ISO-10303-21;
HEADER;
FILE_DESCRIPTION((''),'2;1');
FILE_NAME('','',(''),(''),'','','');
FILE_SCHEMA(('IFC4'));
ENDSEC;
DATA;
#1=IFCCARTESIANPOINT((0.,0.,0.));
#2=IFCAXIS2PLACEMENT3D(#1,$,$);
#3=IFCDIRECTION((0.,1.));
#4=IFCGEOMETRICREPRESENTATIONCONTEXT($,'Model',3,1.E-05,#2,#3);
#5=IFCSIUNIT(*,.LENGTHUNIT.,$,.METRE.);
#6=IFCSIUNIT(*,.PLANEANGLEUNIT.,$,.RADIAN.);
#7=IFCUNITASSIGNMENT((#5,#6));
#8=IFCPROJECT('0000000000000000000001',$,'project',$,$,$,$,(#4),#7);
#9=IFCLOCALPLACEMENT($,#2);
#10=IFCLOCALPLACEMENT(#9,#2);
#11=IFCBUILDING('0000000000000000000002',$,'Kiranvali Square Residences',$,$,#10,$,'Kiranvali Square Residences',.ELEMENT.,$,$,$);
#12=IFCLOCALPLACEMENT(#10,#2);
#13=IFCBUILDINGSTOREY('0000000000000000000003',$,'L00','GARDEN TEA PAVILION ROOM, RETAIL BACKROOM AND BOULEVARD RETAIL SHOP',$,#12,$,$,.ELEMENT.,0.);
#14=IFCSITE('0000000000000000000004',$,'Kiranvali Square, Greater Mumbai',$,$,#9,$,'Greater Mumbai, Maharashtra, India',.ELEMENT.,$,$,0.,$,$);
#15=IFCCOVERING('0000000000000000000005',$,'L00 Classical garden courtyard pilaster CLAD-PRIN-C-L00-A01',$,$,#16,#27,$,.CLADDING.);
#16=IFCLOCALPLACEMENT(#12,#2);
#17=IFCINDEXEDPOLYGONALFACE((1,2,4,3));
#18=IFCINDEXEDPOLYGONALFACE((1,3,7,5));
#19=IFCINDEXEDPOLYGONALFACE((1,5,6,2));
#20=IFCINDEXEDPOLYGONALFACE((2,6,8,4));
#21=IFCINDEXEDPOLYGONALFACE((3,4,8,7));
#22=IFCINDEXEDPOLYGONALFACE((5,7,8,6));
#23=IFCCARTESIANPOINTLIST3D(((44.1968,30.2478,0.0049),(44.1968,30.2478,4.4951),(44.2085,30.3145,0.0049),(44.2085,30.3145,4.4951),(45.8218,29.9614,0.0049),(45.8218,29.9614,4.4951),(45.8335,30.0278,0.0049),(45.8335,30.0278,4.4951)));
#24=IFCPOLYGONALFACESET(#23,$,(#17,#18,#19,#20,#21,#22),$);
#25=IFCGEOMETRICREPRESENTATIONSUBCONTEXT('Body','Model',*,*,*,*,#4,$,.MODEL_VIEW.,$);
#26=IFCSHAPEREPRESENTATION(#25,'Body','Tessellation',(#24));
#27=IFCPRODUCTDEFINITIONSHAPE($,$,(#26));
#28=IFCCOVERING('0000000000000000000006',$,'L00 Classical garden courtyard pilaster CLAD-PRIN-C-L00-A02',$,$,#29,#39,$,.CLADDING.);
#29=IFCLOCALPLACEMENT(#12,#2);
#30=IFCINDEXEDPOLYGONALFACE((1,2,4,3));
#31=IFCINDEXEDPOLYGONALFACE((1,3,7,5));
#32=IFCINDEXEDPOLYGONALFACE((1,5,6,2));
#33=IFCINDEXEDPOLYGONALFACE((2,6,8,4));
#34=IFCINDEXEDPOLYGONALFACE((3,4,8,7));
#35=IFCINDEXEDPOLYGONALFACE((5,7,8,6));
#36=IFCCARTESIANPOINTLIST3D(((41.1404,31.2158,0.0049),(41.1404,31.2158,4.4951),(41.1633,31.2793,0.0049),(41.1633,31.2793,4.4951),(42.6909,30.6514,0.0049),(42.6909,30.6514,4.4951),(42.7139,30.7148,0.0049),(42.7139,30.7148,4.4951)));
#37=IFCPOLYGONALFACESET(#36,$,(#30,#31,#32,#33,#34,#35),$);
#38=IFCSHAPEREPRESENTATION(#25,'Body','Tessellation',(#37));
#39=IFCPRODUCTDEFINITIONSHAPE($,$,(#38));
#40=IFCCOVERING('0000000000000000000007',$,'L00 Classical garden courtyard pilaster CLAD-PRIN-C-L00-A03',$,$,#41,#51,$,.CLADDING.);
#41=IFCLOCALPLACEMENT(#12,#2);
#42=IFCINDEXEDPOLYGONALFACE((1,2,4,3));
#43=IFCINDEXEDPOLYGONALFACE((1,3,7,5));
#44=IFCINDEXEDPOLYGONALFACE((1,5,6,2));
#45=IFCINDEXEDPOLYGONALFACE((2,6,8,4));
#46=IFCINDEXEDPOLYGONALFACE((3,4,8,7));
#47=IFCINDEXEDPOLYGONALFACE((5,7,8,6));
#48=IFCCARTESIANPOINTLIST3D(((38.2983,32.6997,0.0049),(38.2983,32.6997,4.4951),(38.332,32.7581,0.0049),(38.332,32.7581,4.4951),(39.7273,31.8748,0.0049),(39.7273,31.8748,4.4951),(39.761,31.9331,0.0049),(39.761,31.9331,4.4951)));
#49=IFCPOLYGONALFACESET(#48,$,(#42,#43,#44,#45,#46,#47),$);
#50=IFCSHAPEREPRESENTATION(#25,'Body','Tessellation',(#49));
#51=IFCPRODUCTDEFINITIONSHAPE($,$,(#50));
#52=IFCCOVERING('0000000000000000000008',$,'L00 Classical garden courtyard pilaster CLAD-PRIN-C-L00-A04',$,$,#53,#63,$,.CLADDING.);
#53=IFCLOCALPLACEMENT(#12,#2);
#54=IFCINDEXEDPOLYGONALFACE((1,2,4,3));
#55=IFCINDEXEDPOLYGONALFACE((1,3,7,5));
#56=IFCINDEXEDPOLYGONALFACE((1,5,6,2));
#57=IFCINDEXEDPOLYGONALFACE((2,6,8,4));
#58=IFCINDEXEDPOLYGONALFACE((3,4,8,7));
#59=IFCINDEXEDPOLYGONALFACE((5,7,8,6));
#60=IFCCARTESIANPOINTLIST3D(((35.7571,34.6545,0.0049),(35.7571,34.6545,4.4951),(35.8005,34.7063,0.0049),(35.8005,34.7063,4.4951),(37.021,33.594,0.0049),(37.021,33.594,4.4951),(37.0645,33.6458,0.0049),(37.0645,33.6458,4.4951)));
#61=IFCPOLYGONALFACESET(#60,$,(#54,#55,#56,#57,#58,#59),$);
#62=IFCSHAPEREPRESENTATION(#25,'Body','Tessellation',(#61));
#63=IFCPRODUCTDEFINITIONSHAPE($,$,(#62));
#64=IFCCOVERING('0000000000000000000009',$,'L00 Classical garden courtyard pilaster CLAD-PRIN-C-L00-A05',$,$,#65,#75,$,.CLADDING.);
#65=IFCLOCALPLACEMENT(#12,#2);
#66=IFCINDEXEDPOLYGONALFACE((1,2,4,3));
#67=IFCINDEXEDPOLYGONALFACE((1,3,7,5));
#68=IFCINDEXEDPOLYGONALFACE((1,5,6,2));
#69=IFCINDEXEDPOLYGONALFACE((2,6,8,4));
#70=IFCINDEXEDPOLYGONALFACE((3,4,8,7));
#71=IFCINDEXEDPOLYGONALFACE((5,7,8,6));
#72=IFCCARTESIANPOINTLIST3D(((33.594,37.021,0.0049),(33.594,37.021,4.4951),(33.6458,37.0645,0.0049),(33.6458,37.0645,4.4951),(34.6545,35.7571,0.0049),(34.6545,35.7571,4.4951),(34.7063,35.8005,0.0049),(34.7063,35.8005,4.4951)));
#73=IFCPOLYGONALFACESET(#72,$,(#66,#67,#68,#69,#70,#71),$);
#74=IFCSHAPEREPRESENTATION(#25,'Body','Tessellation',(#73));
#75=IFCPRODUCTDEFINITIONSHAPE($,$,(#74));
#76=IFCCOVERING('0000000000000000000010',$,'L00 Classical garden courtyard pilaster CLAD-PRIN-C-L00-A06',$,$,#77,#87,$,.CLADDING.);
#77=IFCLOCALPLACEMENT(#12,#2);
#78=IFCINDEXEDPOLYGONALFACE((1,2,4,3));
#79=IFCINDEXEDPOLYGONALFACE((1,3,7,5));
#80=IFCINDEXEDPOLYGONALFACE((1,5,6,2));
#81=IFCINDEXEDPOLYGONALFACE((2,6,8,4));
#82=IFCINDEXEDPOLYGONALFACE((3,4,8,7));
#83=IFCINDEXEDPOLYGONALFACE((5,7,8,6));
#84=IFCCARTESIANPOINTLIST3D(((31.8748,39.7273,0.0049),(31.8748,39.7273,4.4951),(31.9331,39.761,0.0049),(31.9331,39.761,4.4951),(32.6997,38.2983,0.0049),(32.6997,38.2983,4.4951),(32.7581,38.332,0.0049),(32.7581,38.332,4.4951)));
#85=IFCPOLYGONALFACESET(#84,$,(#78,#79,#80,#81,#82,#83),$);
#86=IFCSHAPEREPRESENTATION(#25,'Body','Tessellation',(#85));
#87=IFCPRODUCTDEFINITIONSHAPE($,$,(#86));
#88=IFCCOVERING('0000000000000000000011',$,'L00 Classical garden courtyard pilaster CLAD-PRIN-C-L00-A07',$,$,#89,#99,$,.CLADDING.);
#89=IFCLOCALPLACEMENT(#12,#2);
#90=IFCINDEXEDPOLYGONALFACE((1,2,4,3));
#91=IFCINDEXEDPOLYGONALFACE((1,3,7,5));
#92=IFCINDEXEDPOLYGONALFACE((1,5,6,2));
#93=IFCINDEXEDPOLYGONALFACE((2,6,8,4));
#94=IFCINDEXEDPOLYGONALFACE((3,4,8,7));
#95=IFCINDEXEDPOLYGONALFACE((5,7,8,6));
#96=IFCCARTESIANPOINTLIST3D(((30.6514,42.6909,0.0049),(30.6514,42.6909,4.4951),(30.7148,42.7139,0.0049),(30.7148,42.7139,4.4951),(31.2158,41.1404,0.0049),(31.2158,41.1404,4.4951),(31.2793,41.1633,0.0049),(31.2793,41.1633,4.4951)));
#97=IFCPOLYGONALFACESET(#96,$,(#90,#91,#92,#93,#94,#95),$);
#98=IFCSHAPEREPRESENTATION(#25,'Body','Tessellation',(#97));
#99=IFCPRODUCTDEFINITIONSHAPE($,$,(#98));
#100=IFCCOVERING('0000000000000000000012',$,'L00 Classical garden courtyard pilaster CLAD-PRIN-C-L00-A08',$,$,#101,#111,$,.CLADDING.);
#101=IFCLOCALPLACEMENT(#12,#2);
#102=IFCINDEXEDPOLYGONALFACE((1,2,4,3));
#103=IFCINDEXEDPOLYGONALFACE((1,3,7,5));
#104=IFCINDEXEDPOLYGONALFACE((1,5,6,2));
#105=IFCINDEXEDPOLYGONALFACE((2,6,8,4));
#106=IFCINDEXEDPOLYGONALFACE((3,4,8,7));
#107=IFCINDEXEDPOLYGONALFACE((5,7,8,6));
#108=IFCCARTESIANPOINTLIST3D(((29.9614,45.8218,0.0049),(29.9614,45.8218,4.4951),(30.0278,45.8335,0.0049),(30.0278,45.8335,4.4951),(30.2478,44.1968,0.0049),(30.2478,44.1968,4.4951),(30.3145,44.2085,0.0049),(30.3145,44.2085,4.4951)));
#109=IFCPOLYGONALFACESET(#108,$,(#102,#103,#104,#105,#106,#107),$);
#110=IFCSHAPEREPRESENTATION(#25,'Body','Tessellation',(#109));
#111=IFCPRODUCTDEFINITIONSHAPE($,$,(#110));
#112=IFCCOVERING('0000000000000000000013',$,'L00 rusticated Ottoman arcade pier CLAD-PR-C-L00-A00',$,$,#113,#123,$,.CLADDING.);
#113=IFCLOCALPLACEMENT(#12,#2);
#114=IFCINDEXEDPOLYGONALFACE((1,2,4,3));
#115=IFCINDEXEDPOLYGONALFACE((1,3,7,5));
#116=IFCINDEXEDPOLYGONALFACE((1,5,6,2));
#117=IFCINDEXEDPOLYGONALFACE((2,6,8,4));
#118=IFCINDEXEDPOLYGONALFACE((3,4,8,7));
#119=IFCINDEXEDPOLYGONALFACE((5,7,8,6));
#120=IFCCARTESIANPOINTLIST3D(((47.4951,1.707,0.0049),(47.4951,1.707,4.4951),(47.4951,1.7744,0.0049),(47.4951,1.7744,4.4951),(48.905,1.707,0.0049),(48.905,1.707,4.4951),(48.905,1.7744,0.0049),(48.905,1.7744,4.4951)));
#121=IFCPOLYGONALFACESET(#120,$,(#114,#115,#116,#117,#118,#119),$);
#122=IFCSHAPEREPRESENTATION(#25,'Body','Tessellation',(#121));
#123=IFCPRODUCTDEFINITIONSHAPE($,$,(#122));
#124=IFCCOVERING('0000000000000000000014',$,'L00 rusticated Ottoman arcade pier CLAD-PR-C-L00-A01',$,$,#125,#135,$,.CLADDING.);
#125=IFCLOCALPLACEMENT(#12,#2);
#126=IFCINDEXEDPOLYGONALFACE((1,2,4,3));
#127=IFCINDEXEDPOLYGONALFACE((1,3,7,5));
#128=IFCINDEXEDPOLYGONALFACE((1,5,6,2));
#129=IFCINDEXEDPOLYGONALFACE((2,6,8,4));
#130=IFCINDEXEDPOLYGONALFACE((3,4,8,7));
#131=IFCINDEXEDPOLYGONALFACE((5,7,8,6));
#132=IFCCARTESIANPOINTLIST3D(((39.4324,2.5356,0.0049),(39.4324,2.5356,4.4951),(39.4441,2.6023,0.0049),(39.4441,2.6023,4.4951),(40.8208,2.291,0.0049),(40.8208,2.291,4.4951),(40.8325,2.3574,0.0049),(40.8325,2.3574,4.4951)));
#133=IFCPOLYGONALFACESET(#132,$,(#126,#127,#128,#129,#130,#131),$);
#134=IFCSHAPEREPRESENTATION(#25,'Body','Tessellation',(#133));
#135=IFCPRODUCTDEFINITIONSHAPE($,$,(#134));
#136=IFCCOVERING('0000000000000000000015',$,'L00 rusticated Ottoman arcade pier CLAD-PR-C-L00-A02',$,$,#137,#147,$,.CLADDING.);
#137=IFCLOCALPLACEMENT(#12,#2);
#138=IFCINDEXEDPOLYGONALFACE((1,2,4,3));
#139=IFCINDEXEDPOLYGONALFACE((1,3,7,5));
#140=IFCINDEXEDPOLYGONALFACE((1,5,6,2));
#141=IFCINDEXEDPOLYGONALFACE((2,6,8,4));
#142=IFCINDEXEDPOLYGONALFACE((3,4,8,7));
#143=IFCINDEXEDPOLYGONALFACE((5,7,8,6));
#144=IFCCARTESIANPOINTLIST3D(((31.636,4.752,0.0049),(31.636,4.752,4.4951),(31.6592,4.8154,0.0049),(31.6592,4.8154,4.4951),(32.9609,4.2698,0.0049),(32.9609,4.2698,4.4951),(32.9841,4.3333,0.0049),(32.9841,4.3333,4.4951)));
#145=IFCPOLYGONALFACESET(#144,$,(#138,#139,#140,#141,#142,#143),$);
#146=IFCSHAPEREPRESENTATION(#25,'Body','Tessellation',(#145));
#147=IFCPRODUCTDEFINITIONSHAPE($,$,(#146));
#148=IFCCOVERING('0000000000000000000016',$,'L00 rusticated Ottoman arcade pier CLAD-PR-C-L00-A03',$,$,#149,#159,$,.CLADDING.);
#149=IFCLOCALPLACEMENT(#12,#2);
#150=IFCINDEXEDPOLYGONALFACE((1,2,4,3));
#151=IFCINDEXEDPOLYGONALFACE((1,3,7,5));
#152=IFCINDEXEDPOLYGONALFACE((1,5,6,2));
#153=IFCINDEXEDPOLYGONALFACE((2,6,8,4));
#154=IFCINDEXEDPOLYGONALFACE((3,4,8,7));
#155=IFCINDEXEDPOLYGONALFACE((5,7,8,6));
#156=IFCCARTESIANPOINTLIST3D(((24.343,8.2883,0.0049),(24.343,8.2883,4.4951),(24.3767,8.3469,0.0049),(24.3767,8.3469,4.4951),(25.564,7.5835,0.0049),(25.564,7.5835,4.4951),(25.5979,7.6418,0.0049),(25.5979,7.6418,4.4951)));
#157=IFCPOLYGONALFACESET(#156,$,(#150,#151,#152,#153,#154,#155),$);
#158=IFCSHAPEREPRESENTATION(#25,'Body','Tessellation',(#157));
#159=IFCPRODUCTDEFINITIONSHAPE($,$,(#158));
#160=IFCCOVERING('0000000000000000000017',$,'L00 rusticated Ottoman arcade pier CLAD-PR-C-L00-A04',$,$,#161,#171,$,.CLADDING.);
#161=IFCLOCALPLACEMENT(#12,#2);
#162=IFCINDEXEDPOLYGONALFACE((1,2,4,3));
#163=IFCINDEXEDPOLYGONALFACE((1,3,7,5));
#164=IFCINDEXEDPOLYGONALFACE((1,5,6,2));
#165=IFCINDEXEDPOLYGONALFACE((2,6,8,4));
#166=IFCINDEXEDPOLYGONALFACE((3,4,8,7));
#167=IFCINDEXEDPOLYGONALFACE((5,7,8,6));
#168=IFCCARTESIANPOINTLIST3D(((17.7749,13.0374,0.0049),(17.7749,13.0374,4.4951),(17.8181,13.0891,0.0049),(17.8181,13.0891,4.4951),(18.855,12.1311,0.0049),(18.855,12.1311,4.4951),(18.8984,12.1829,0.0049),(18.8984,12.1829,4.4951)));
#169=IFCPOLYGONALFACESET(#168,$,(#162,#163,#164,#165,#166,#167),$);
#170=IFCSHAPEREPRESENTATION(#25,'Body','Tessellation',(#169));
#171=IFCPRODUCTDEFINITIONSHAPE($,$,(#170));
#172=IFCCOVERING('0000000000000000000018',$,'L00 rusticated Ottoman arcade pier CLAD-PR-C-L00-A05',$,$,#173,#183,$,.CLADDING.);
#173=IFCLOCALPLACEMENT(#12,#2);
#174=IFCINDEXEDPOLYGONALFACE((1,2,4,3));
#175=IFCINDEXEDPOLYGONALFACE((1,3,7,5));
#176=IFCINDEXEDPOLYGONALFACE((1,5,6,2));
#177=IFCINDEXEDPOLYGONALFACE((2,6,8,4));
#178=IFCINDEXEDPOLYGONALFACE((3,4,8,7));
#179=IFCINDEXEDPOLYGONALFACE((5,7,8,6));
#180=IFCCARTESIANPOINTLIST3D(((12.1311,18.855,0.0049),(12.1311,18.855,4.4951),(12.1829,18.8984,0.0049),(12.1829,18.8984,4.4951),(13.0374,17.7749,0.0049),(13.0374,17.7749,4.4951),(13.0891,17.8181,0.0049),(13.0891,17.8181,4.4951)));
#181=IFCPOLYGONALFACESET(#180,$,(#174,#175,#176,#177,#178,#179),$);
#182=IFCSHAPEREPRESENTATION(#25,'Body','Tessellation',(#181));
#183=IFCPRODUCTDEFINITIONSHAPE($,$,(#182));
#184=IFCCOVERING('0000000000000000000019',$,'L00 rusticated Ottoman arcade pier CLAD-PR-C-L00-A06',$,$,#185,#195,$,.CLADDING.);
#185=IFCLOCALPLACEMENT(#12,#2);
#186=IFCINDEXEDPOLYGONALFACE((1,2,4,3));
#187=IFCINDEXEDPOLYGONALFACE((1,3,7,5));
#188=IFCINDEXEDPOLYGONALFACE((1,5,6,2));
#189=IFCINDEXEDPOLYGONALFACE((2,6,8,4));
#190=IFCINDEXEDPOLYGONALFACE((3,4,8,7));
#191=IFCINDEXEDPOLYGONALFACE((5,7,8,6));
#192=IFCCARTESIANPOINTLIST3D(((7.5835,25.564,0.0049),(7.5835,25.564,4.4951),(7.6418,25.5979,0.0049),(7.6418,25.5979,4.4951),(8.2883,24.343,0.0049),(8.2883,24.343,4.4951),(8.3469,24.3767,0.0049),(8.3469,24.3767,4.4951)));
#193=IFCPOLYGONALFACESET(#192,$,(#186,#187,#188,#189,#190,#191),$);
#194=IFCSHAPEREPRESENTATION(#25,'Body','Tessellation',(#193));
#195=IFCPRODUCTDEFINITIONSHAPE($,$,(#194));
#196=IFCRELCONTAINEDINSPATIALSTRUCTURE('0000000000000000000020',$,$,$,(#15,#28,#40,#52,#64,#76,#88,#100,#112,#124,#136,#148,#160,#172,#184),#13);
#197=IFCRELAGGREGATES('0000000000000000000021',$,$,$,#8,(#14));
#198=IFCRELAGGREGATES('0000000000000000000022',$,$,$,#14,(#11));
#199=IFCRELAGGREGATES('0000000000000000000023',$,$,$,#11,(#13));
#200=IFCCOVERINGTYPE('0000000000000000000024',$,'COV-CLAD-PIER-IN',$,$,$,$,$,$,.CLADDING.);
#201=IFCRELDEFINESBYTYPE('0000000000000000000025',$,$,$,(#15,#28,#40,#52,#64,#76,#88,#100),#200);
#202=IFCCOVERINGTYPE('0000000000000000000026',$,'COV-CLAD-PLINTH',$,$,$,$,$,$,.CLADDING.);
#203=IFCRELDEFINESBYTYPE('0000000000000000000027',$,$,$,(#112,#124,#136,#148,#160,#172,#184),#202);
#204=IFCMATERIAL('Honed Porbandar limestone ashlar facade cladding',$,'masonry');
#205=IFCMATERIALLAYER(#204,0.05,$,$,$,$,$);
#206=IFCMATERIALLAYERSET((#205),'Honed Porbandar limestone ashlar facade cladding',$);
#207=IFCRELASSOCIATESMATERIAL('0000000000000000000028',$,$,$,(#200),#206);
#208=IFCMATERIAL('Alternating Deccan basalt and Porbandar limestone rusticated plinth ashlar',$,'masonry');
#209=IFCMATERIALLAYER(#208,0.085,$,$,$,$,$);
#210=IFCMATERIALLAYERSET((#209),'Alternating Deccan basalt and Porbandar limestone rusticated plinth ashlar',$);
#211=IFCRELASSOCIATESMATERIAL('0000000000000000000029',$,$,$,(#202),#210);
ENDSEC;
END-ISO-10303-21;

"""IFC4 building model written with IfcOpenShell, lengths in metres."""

from ifc_helpers import new_model, si_unit, direction, frame, origin, place, context, subcontext, project, spatial, polyline, outline, extrude, material, layer, layer_set, type_object, element, save


model = new_model("IFC4")

# Units and contexts
model_context = context("Model", 3, precision=1e-05, world=origin(), true_north=direction((0.0, 1.0)))
body_context = subcontext(model_context, "Body", "Model", "MODEL_VIEW")
ifc_project = project(units=[si_unit("LENGTHUNIT", "METRE"), si_unit("PLANEANGLEUNIT", "RADIAN")], contexts=[model_context])

# Site, building, storey
site_placement = place(None, origin())
site = spatial("IfcSite", under=ifc_project, at=site_placement, Name="Kiranvali Square, Greater Mumbai", LongName="Greater Mumbai, Maharashtra, India", CompositionType="ELEMENT", RefElevation=0.0)
building_placement = place(site_placement, origin())
building = spatial("IfcBuilding", under=site, at=building_placement, Name="Kiranvali Square Residences", LongName="Kiranvali Square Residences", CompositionType="ELEMENT")
storey_placement = place(building_placement, origin())
storey = spatial("IfcBuildingStorey", under=building, at=storey_placement, Name="L00", Description="GARDEN TEA PAVILION ROOM, RETAIL BACKROOM AND BOULEVARD RETAIL SHOP", CompositionType="ELEMENT", Elevation=0.0)

# Coverings
ifc_material_1 = material(Name="Honed Porbandar limestone ashlar facade cladding", Category="masonry")
ifc_layer_1 = layer(ifc_material_1, 0.05)
ifc_layer_set_1 = layer_set([ifc_layer_1], Name="Honed Porbandar limestone ashlar facade cladding")
covering_type_1 = type_object("IfcCoveringType", Name="COV-CLAD-PIER-IN", PredefinedType="CLADDING", material=ifc_layer_set_1)
covering_1_placement = place(storey_placement, frame((0.0, 0.0, 0.0049)))
element("IfcCovering", 1, at=covering_1_placement, inside=storey, type_object=covering_type_1, Name="L00 Classical garden courtyard pilaster CLAD-PRIN-C-L00-A01", PredefinedType="CLADDING", context=body_context, shape_type="SweptSolid", body=[
    extrude(outline(polyline([(45.8335, 30.0278), (44.2085, 30.3145), (44.1968, 30.2478), (45.8218, 29.9614), (45.8335, 30.0278)])), origin(), (0.0, 0.0, 1.0), 4.4902),
])
covering_2_placement = place(storey_placement, frame((0.0, 0.0, 0.0049)))
element("IfcCovering", 2, at=covering_2_placement, inside=storey, type_object=covering_type_1, Name="L00 Classical garden courtyard pilaster CLAD-PRIN-C-L00-A02", PredefinedType="CLADDING", context=body_context, shape_type="SweptSolid", body=[
    extrude(outline(polyline([(42.7139, 30.7148), (41.1633, 31.2793), (41.1404, 31.2158), (42.6909, 30.6514), (42.7139, 30.7148)])), origin(), (0.0, 0.0, 1.0), 4.4902),
])
covering_3_placement = place(storey_placement, frame((0.0, 0.0, 0.0049)))
element("IfcCovering", 3, at=covering_3_placement, inside=storey, type_object=covering_type_1, Name="L00 Classical garden courtyard pilaster CLAD-PRIN-C-L00-A03", PredefinedType="CLADDING", context=body_context, shape_type="SweptSolid", body=[
    extrude(outline(polyline([(39.761, 31.9331), (38.332, 32.7581), (38.2983, 32.6997), (39.7273, 31.8748), (39.761, 31.9331)])), origin(), (0.0, 0.0, 1.0), 4.4902),
])
covering_4_placement = place(storey_placement, frame((0.0, 0.0, 0.0049)))
element("IfcCovering", 4, at=covering_4_placement, inside=storey, type_object=covering_type_1, Name="L00 Classical garden courtyard pilaster CLAD-PRIN-C-L00-A04", PredefinedType="CLADDING", context=body_context, shape_type="SweptSolid", body=[
    extrude(outline(polyline([(37.0645, 33.6458), (35.8005, 34.7063), (35.7571, 34.6545), (37.021, 33.594), (37.0645, 33.6458)])), origin(), (0.0, 0.0, 1.0), 4.4902),
])
covering_5_placement = place(storey_placement, frame((0.0, 0.0, 0.0049)))
element("IfcCovering", 5, at=covering_5_placement, inside=storey, type_object=covering_type_1, Name="L00 Classical garden courtyard pilaster CLAD-PRIN-C-L00-A05", PredefinedType="CLADDING", context=body_context, shape_type="SweptSolid", body=[
    extrude(outline(polyline([(34.7063, 35.8005), (33.6458, 37.0645), (33.594, 37.021), (34.6545, 35.7571), (34.7063, 35.8005)])), origin(), (0.0, 0.0, 1.0), 4.4902),
])
covering_6_placement = place(storey_placement, frame((0.0, 0.0, 0.0049)))
element("IfcCovering", 6, at=covering_6_placement, inside=storey, type_object=covering_type_1, Name="L00 Classical garden courtyard pilaster CLAD-PRIN-C-L00-A06", PredefinedType="CLADDING", context=body_context, shape_type="SweptSolid", body=[
    extrude(outline(polyline([(32.7581, 38.332), (31.9331, 39.761), (31.8748, 39.7273), (32.6997, 38.2983), (32.7581, 38.332)])), origin(), (0.0, 0.0, 1.0), 4.4902),
])
covering_7_placement = place(storey_placement, frame((0.0, 0.0, 0.0049)))
element("IfcCovering", 7, at=covering_7_placement, inside=storey, type_object=covering_type_1, Name="L00 Classical garden courtyard pilaster CLAD-PRIN-C-L00-A07", PredefinedType="CLADDING", context=body_context, shape_type="SweptSolid", body=[
    extrude(outline(polyline([(31.2793, 41.1633), (30.7148, 42.7139), (30.6514, 42.6909), (31.2158, 41.1404), (31.2793, 41.1633)])), origin(), (0.0, 0.0, 1.0), 4.4902),
])
covering_8_placement = place(storey_placement, frame((0.0, 0.0, 0.0049)))
element("IfcCovering", 8, at=covering_8_placement, inside=storey, type_object=covering_type_1, Name="L00 Classical garden courtyard pilaster CLAD-PRIN-C-L00-A08", PredefinedType="CLADDING", context=body_context, shape_type="SweptSolid", body=[
    extrude(outline(polyline([(30.3145, 44.2085), (30.0278, 45.8335), (29.9614, 45.8218), (30.2478, 44.1968), (30.3145, 44.2085)])), origin(), (0.0, 0.0, 1.0), 4.4902),
])
ifc_material_2 = material(Name="Alternating Deccan basalt and Porbandar limestone rusticated plinth ashlar", Category="masonry")
ifc_layer_2 = layer(ifc_material_2, 0.085)
ifc_layer_set_2 = layer_set([ifc_layer_2], Name="Alternating Deccan basalt and Porbandar limestone rusticated plinth ashlar")
covering_type_2 = type_object("IfcCoveringType", Name="COV-CLAD-PLINTH", PredefinedType="CLADDING", material=ifc_layer_set_2)
covering_9_placement = place(storey_placement, frame((0.0, 0.0, 0.0049)))
element("IfcCovering", 9, at=covering_9_placement, inside=storey, type_object=covering_type_2, Name="L00 rusticated Ottoman arcade pier CLAD-PR-C-L00-A00", PredefinedType="CLADDING", context=body_context, shape_type="SweptSolid", body=[
    extrude(outline(polyline([(47.4951, 1.707), (48.905, 1.707), (48.905, 1.7744), (47.4951, 1.7744), (47.4951, 1.707)])), origin(), (0.0, 0.0, 1.0), 4.4902),
])
covering_10_placement = place(storey_placement, frame((0.0, 0.0, 0.0049)))
element("IfcCovering", 10, at=covering_10_placement, inside=storey, type_object=covering_type_2, Name="L00 rusticated Ottoman arcade pier CLAD-PR-C-L00-A01", PredefinedType="CLADDING", context=body_context, shape_type="SweptSolid", body=[
    extrude(outline(polyline([(39.4324, 2.5356), (40.8208, 2.291), (40.8325, 2.3574), (39.4441, 2.6023), (39.4324, 2.5356)])), origin(), (0.0, 0.0, 1.0), 4.4902),
])
covering_11_placement = place(storey_placement, frame((0.0, 0.0, 0.0049)))
element("IfcCovering", 11, at=covering_11_placement, inside=storey, type_object=covering_type_2, Name="L00 rusticated Ottoman arcade pier CLAD-PR-C-L00-A02", PredefinedType="CLADDING", context=body_context, shape_type="SweptSolid", body=[
    extrude(outline(polyline([(31.636, 4.752), (32.9609, 4.2698), (32.9841, 4.3333), (31.6592, 4.8154), (31.636, 4.752)])), origin(), (0.0, 0.0, 1.0), 4.4902),
])
covering_12_placement = place(storey_placement, frame((0.0, 0.0, 0.0049)))
element("IfcCovering", 12, at=covering_12_placement, inside=storey, type_object=covering_type_2, Name="L00 rusticated Ottoman arcade pier CLAD-PR-C-L00-A03", PredefinedType="CLADDING", context=body_context, shape_type="SweptSolid", body=[
    extrude(outline(polyline([(24.343, 8.2883), (25.564, 7.5835), (25.5979, 7.6418), (24.3767, 8.3469), (24.343, 8.2883)])), origin(), (0.0, 0.0, 1.0), 4.4902),
])
covering_13_placement = place(storey_placement, frame((0.0, 0.0, 0.0049)))
element("IfcCovering", 13, at=covering_13_placement, inside=storey, type_object=covering_type_2, Name="L00 rusticated Ottoman arcade pier CLAD-PR-C-L00-A04", PredefinedType="CLADDING", context=body_context, shape_type="SweptSolid", body=[
    extrude(outline(polyline([(17.7749, 13.0374), (18.855, 12.1311), (18.8984, 12.1829), (17.8181, 13.0891), (17.7749, 13.0374)])), origin(), (0.0, 0.0, 1.0), 4.4902),
])
covering_14_placement = place(storey_placement, frame((0.0, 0.0, 0.0049)))
element("IfcCovering", 14, at=covering_14_placement, inside=storey, type_object=covering_type_2, Name="L00 rusticated Ottoman arcade pier CLAD-PR-C-L00-A05", PredefinedType="CLADDING", context=body_context, shape_type="SweptSolid", body=[
    extrude(outline(polyline([(12.1311, 18.855), (13.0374, 17.7749), (13.0891, 17.8181), (12.1829, 18.8984), (12.1311, 18.855)])), origin(), (0.0, 0.0, 1.0), 4.4902),
])
covering_15_placement = place(storey_placement, frame((0.0, 0.0, 0.0049)))
element("IfcCovering", 15, at=covering_15_placement, inside=storey, type_object=covering_type_2, Name="L00 rusticated Ottoman arcade pier CLAD-PR-C-L00-A06", PredefinedType="CLADDING", context=body_context, shape_type="SweptSolid", body=[
    extrude(outline(polyline([(7.5835, 25.564), (8.2883, 24.343), (8.3469, 24.3767), (7.6418, 25.5979), (7.5835, 25.564)])), origin(), (0.0, 0.0, 1.0), 4.4902),
])

save(model, "model.ifc")
